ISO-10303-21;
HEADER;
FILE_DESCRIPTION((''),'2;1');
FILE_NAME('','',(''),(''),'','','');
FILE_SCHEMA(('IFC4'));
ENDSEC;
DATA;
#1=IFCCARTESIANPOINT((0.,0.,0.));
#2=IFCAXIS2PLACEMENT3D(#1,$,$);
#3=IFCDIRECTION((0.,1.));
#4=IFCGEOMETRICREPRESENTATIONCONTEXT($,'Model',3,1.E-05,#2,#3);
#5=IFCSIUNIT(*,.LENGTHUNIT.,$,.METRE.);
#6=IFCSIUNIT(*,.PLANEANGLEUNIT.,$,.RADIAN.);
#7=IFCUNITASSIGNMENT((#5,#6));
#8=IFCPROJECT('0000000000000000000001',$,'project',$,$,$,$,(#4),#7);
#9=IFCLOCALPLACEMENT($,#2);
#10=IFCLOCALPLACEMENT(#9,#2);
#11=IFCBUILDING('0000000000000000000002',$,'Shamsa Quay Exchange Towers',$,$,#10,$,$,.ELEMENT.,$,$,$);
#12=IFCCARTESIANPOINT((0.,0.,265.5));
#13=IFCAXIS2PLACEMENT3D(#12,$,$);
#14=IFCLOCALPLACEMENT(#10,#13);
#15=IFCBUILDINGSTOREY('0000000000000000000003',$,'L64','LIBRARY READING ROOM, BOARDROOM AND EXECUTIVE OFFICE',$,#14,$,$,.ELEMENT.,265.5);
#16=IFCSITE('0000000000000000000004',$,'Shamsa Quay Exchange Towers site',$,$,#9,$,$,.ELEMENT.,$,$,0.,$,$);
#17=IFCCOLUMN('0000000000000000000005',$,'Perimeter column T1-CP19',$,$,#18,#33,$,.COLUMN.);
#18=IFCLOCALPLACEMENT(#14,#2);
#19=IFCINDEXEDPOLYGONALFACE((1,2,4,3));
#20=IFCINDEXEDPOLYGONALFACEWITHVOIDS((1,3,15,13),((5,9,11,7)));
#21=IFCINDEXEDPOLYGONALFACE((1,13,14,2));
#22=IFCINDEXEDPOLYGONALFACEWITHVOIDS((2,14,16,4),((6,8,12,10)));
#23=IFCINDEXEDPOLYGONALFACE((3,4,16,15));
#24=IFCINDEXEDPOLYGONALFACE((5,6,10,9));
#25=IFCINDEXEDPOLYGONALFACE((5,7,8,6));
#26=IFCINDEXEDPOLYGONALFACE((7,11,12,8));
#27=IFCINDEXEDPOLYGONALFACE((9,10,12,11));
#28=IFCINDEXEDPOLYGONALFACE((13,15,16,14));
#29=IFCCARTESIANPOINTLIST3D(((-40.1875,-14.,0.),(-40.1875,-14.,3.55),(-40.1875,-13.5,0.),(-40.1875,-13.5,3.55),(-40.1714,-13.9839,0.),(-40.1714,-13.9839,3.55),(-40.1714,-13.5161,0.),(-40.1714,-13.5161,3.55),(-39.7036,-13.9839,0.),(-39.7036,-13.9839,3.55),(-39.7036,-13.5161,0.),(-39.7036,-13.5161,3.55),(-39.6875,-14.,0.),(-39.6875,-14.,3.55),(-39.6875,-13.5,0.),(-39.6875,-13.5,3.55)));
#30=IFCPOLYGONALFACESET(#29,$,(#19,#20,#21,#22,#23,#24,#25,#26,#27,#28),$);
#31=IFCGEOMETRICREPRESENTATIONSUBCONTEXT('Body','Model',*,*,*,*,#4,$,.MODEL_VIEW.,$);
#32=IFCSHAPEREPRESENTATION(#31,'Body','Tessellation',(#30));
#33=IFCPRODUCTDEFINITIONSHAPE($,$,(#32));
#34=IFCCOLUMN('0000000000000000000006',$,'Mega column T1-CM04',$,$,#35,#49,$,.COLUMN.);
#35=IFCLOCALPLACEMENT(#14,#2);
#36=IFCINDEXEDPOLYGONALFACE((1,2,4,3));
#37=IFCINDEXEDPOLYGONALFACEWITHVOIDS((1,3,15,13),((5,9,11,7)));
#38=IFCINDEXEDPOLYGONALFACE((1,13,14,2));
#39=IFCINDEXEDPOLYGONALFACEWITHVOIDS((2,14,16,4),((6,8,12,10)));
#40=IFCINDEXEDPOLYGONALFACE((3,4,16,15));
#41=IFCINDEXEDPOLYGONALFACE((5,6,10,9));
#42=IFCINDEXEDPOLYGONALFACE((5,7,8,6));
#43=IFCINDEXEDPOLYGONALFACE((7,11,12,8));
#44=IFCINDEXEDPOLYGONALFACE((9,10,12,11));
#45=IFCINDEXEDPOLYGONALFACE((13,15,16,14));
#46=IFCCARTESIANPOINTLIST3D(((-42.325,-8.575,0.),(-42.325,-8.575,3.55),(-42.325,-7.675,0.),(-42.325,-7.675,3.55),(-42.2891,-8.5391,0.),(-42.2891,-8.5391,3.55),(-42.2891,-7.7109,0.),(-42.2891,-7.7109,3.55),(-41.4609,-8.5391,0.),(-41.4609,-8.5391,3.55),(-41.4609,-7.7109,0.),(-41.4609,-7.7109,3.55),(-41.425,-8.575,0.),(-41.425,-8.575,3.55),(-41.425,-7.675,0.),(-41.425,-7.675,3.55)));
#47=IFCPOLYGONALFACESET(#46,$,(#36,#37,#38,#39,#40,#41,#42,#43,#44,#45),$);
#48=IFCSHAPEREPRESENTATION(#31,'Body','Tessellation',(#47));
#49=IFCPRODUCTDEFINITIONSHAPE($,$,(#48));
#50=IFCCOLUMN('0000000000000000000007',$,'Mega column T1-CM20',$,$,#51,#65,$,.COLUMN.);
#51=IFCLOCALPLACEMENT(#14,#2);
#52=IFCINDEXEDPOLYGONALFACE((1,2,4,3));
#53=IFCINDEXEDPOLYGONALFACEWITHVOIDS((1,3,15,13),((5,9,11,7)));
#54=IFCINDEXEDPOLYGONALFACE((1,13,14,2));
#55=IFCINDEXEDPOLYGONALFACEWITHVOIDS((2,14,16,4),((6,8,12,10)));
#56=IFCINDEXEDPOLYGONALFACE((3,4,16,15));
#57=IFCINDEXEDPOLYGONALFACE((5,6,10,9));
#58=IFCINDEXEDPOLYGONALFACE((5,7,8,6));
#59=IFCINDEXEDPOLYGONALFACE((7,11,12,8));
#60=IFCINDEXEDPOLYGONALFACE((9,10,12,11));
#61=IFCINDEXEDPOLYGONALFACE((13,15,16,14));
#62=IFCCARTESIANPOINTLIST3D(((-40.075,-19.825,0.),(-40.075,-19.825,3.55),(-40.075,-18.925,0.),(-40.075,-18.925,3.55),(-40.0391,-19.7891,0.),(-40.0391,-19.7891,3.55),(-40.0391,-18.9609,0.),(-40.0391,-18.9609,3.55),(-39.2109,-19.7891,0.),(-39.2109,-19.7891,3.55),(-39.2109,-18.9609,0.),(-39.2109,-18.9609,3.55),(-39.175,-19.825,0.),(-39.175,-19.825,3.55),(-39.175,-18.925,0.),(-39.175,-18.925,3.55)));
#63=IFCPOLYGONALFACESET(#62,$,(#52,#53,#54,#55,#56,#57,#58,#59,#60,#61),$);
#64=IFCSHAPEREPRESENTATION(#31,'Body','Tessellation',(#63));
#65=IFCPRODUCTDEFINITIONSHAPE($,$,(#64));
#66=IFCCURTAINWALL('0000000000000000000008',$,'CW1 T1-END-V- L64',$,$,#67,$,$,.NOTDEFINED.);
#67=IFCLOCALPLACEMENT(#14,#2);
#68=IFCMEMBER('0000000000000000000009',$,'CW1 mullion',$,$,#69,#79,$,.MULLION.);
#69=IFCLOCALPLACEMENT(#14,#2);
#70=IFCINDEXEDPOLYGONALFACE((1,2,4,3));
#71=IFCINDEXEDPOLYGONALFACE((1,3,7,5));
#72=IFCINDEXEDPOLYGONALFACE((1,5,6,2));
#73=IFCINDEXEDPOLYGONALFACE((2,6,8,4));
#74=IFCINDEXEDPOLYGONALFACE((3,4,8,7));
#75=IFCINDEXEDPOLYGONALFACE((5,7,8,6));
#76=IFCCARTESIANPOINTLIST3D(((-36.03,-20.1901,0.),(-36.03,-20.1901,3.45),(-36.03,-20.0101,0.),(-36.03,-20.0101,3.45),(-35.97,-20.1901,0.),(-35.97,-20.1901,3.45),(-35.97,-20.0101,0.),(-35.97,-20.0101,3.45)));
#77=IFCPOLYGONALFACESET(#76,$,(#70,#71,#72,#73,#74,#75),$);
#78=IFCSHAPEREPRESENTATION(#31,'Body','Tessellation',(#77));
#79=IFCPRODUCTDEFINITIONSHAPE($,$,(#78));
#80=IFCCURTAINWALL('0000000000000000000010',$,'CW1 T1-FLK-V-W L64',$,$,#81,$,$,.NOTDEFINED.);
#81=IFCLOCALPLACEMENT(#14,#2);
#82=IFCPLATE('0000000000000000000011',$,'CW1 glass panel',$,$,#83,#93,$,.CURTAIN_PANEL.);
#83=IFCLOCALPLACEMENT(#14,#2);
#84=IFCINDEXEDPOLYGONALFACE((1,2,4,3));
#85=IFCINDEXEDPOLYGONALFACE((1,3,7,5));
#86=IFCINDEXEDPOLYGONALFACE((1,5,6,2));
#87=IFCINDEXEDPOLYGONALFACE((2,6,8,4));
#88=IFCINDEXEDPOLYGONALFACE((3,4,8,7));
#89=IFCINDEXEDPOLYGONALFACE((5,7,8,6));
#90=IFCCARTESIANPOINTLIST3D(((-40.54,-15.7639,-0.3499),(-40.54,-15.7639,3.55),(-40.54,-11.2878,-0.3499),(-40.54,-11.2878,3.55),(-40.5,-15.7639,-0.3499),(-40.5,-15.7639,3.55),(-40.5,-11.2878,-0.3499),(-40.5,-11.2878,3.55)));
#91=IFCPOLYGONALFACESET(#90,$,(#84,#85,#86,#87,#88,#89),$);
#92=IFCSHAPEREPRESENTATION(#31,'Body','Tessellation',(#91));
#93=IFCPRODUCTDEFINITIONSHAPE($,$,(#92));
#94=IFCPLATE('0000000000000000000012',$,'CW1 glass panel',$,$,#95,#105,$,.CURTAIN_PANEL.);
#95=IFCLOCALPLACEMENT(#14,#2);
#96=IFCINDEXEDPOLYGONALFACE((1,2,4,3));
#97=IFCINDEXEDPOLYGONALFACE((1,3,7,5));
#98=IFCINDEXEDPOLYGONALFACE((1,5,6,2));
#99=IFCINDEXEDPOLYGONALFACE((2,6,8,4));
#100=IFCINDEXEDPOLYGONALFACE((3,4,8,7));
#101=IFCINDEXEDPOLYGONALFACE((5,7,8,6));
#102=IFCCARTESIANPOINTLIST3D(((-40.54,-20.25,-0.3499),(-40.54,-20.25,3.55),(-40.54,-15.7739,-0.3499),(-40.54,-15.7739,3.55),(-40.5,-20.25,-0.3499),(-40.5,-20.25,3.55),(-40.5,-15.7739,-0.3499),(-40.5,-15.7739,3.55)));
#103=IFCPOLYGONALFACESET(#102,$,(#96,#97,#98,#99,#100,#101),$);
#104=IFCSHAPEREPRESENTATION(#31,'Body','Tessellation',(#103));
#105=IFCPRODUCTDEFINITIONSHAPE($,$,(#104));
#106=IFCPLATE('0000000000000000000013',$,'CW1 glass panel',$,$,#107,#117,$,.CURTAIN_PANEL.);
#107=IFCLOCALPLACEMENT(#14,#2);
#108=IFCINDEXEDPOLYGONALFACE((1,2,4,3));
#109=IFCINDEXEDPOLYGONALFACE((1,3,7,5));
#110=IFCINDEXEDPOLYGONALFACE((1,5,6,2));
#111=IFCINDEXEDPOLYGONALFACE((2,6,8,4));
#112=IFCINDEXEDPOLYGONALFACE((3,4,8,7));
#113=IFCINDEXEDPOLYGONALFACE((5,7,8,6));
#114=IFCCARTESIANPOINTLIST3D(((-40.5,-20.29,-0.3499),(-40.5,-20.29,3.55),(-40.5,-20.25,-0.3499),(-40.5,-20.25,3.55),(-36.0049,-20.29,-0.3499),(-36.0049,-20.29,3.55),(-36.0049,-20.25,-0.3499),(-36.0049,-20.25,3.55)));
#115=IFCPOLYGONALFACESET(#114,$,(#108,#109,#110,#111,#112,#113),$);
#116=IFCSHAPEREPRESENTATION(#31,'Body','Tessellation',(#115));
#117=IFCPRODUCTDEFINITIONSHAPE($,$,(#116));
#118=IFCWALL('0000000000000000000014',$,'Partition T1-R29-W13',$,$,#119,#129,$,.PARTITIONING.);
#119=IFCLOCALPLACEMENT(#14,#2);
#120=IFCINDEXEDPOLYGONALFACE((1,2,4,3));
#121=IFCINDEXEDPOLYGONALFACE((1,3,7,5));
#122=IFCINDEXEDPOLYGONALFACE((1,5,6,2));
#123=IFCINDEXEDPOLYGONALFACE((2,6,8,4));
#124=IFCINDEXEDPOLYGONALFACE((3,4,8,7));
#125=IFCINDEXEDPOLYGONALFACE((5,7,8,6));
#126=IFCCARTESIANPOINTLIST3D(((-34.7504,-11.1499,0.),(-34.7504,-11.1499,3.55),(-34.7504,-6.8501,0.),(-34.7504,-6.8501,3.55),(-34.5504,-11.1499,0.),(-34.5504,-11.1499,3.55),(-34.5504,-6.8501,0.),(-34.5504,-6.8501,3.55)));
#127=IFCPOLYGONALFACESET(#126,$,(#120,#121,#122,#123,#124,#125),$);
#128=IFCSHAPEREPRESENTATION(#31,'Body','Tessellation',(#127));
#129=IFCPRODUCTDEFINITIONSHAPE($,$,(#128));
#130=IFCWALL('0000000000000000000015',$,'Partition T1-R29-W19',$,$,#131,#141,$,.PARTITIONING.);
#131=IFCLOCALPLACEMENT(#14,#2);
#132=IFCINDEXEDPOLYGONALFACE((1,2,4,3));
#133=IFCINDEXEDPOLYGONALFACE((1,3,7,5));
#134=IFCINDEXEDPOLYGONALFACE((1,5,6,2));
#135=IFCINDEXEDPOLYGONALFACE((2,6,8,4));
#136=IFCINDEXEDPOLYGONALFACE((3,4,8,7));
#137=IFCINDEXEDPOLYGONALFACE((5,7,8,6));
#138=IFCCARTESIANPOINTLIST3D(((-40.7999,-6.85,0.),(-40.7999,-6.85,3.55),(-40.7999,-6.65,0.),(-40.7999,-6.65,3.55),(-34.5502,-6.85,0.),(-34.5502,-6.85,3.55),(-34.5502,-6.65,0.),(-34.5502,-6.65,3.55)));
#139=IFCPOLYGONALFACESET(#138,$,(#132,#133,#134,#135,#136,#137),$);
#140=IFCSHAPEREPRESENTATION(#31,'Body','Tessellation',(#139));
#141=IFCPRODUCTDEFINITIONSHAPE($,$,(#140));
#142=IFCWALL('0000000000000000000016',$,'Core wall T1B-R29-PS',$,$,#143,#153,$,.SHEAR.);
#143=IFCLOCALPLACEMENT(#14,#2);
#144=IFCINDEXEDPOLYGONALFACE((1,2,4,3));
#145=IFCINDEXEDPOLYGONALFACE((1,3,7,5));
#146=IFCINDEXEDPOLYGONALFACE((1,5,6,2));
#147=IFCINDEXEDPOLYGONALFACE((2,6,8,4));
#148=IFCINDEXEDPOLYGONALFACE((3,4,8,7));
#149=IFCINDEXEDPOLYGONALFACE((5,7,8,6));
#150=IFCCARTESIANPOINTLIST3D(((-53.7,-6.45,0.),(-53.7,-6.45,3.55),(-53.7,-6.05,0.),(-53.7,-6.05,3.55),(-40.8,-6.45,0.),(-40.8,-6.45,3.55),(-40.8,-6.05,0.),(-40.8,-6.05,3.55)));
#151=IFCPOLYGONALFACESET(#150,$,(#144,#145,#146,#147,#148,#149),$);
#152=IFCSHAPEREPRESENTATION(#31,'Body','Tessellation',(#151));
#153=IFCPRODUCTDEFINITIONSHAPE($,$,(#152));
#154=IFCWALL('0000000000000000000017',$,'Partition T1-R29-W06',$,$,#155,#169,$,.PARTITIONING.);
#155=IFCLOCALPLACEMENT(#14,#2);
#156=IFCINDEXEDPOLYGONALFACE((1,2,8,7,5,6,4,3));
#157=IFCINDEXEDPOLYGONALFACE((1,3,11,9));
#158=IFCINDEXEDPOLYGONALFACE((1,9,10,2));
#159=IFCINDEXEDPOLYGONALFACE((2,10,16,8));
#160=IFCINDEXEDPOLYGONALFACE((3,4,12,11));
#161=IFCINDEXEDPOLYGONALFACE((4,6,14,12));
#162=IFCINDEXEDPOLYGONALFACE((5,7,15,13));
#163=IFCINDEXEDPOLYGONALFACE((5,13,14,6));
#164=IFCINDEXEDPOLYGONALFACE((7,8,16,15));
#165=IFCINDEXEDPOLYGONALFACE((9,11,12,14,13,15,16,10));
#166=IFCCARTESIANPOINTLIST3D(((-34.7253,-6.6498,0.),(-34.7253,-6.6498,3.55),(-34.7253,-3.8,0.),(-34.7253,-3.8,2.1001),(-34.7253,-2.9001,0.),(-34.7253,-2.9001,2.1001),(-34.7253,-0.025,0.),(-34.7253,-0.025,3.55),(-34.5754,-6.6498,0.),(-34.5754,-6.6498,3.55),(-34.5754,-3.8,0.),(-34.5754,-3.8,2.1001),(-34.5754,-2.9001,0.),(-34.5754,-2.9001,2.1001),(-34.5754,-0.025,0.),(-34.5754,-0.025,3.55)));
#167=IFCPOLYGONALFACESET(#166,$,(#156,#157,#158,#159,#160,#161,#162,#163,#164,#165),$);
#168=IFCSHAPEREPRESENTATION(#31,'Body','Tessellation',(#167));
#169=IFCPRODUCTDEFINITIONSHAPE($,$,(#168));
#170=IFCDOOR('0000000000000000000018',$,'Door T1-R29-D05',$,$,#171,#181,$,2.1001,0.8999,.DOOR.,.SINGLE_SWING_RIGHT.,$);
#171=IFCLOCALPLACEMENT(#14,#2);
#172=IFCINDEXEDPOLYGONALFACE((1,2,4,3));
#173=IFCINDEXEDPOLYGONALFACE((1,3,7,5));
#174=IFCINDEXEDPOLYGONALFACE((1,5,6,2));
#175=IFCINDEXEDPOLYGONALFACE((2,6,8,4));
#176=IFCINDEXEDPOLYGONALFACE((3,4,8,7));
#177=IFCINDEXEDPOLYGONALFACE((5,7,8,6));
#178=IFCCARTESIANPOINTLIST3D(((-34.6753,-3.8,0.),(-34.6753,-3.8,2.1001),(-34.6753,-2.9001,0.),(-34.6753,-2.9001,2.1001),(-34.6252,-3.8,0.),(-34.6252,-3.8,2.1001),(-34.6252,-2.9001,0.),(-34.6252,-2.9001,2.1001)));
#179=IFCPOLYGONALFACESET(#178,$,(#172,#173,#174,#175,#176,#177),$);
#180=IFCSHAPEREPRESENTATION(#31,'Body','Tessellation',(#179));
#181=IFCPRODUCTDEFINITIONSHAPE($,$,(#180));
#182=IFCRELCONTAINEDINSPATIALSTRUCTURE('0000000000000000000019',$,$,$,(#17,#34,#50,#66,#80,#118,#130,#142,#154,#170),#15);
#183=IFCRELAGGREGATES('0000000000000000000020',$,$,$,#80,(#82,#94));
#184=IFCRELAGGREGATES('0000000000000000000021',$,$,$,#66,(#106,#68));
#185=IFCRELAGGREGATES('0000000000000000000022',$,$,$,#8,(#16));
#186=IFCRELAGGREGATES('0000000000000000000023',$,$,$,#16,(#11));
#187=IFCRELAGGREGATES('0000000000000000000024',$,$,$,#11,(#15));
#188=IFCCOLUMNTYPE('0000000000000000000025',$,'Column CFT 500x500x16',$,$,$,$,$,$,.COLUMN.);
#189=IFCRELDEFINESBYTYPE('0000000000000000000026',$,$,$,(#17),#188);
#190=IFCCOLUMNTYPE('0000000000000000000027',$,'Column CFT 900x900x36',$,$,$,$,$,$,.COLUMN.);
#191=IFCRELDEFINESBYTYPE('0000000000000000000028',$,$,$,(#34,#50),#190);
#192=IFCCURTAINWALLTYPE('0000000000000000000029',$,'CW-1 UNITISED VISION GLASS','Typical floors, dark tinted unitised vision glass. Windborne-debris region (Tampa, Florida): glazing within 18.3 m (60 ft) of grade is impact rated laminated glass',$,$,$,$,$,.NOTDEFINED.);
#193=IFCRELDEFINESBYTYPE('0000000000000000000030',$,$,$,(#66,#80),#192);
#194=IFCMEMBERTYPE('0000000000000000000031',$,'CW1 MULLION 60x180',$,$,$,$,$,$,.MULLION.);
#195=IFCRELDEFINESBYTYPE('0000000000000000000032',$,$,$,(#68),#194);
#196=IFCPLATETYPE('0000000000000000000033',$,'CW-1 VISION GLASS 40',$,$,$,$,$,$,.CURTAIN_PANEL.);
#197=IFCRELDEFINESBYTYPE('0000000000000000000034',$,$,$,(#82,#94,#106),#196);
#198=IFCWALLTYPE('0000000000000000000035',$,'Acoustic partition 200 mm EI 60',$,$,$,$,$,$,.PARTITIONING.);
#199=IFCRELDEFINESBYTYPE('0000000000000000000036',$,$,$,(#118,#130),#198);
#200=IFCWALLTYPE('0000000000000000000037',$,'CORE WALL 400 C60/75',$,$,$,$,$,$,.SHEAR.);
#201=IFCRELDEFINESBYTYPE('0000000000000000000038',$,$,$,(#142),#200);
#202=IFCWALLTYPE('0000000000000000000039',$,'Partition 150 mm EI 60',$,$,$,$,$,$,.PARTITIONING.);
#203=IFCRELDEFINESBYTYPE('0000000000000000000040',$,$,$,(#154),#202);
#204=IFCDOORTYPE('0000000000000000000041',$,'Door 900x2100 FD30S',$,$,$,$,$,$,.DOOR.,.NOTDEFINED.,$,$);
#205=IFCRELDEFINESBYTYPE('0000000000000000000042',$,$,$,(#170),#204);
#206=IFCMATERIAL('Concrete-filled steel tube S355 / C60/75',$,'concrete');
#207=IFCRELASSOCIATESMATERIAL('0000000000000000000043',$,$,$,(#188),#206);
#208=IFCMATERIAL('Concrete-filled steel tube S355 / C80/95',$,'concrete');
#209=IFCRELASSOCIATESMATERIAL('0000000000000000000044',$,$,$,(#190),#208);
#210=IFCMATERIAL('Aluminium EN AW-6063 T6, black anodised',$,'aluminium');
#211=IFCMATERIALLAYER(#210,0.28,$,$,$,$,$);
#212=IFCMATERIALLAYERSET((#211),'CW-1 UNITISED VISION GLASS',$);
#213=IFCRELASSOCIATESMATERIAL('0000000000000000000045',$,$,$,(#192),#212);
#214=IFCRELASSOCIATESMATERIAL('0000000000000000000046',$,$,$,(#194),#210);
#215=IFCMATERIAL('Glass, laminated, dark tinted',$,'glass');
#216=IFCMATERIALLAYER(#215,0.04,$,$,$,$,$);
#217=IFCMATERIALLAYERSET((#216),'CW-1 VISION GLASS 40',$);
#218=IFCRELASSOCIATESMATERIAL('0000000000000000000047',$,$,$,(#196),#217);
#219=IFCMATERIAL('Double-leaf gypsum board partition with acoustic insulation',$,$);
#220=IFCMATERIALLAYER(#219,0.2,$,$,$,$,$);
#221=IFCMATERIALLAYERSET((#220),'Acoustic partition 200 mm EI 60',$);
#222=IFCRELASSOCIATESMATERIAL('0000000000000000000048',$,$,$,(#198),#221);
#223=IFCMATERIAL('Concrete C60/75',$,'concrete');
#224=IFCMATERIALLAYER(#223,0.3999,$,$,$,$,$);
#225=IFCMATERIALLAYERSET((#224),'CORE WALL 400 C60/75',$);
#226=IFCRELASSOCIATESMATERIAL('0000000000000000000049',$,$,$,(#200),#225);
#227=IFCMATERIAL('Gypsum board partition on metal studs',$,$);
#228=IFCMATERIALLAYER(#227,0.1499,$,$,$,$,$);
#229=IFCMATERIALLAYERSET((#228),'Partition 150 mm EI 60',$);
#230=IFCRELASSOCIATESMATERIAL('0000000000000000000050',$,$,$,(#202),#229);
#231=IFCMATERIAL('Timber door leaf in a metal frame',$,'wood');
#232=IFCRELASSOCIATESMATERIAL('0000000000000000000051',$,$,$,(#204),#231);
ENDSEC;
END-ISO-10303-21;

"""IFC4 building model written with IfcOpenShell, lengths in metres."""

from ifc_helpers import new_model, si_unit, direction, frame, frame_2d, origin, origin_2d, place, context, subcontext, project, spatial, rectangle, hollow_rectangle, extrude, material, layer, layer_set, material_profile, profile_set, type_object, element, fill, aggregate, save


model = new_model("IFC4")

# Units and contexts
model_context = context("Model", 3, precision=1e-05, world=origin(), true_north=direction((0.0, 1.0)))
body_context = subcontext(model_context, "Body", "Model", "MODEL_VIEW")
ifc_project = project(units=[si_unit("LENGTHUNIT", "METRE"), si_unit("PLANEANGLEUNIT", "RADIAN")], contexts=[model_context])

# Site, building, storey
site_placement = place(None, origin())
site = spatial("IfcSite", under=ifc_project, at=site_placement, Name="Shamsa Quay Exchange Towers site", CompositionType="ELEMENT", RefElevation=0.0)
building_placement = place(site_placement, origin())
building = spatial("IfcBuilding", under=site, at=building_placement, Name="Shamsa Quay Exchange Towers", CompositionType="ELEMENT")
storey_placement = place(building_placement, frame((0.0, 0.0, 265.5)))
storey = spatial("IfcBuildingStorey", under=building, at=storey_placement, Name="L64", Description="LIBRARY READING ROOM, BOARDROOM AND EXECUTIVE OFFICE", CompositionType="ELEMENT", Elevation=265.5)

# Columns
ifc_material_1 = material(Name="Concrete-filled steel tube S355 / C60/75", Category="concrete")
ifc_material_profile_1 = material_profile(ifc_material_1, hollow_rectangle(XDim=0.5, YDim=0.5, WallThickness=0.0161, at=origin_2d()), Name="CFT 500x500x16")
ifc_profile_set_1 = profile_set([ifc_material_profile_1], Name="Concrete-filled steel tube S355 / C60/75")
column_type_1 = type_object("IfcColumnType", Name="Column CFT 500x500x16", PredefinedType="COLUMN", material=ifc_profile_set_1)
column_placement = place(storey_placement, frame((-39.9375, -13.75, 0.0)))
element("IfcColumn", 1, at=column_placement, inside=storey, type_object=column_type_1, Name="Perimeter column T1-CP19", PredefinedType="COLUMN", context=body_context, shape_type="SweptSolid", body=[
    extrude(hollow_rectangle(XDim=0.5, YDim=0.5, WallThickness=0.0161, at=origin_2d()), origin(), (0.0, 0.0, 1.0), 3.55),
])
ifc_material_2 = material(Name="Concrete-filled steel tube S355 / C80/95", Category="concrete")
ifc_material_profile_2 = material_profile(ifc_material_2, hollow_rectangle(XDim=0.8999, YDim=0.8999, WallThickness=0.0359, at=origin_2d()), Name="CFT 900x900x36")
ifc_profile_set_2 = profile_set([ifc_material_profile_2], Name="Concrete-filled steel tube S355 / C80/95")
column_type_2 = type_object("IfcColumnType", Name="Column CFT 900x900x36", PredefinedType="COLUMN", material=ifc_profile_set_2)
for number, where, name in (
    (2, (-41.875, -8.125, 0.0), "Mega column T1-CM04"),
    (3, (-39.625, -19.375, 0.0), "Mega column T1-CM20"),
):
    element("IfcColumn", number, at=place(storey_placement, frame(where)), inside=storey, type_object=column_type_2, Name=name, PredefinedType="COLUMN", context=body_context, shape_type="SweptSolid", body=[
        extrude(hollow_rectangle(XDim=0.8999, YDim=0.8999, WallThickness=0.0359, at=origin_2d()), origin(), (0.0, 0.0, 1.0), 3.55),
    ])

# Curtain wall, member
ifc_material_3 = material(Name="Aluminium EN AW-6063 T6, black anodised", Category="aluminium")
ifc_layer_1 = layer(ifc_material_3, 0.28)
ifc_layer_set_1 = layer_set([ifc_layer_1], Name="CW-1 UNITISED VISION GLASS")
curtain_wall_type = type_object("IfcCurtainWallType", Name="CW-1 UNITISED VISION GLASS", Description="Typical floors, dark tinted unitised vision glass. Windborne-debris region (Tampa, Florida): glazing within 18.3 m (60 ft) of grade is impact rated laminated glass", PredefinedType="NOTDEFINED", material=ifc_layer_set_1)
curtain_wall_1_placement = place(storey_placement, origin())
curtain_wall_1 = element("IfcCurtainWall", 4, at=curtain_wall_1_placement, inside=storey, type_object=curtain_wall_type, Name="CW1 T1-END-V- L64", PredefinedType="NOTDEFINED")
ifc_material_profile_3 = material_profile(ifc_material_3, rectangle(XDim=0.1799, YDim=0.0601, at=origin_2d()), Name="MU60x180")
ifc_profile_set_3 = profile_set([ifc_material_profile_3], Name="Aluminium EN AW-6063 T6, black anodised")
member_type = type_object("IfcMemberType", Name="CW1 MULLION 60x180", PredefinedType="MULLION", material=ifc_profile_set_3)
member_placement = place(storey_placement, frame((-36.0, -20.1001, 0.0), z_axis=(0.0, 0.0, 1.0), x_axis=(0.0, 1.0, 0.0)))
member = element("IfcMember", 5, at=member_placement, type_object=member_type, Name="CW1 mullion", PredefinedType="MULLION", context=body_context, shape_type="SweptSolid", body=[
    extrude(rectangle(XDim=0.1799, YDim=0.0601, at=origin_2d()), origin(), (0.0, 0.0, 1.0), 3.45),
])

# Curtain wall, plates
curtain_wall_2_placement = place(storey_placement, origin())
curtain_wall_2 = element("IfcCurtainWall", 6, at=curtain_wall_2_placement, inside=storey, type_object=curtain_wall_type, Name="CW1 T1-FLK-V-W L64", PredefinedType="NOTDEFINED")
ifc_material_4 = material(Name="Glass, laminated, dark tinted", Category="glass")
ifc_layer_2 = layer(ifc_material_4, 0.04)
ifc_layer_set_2 = layer_set([ifc_layer_2], Name="CW-1 VISION GLASS 40")
plate_type = type_object("IfcPlateType", Name="CW-1 VISION GLASS 40", PredefinedType="CURTAIN_PANEL", material=ifc_layer_set_2)
plate_1_placement = place(storey_placement, frame((-40.52, -13.5259, -0.3499), z_axis=(0.0, 0.0, 1.0), x_axis=(0.0, -1.0, 0.0)))
plate_1 = element("IfcPlate", 7, at=plate_1_placement, type_object=plate_type, Name="CW1 glass panel", PredefinedType="CURTAIN_PANEL", context=body_context, shape_type="SweptSolid", body=[
    extrude(rectangle(XDim=4.4761, YDim=0.04, at=origin_2d()), origin(), (0.0, 0.0, 1.0), 3.8999),
])
plate_2_placement = place(storey_placement, frame((-40.52, -18.012, -0.3499), z_axis=(0.0, 0.0, 1.0), x_axis=(0.0, -1.0, 0.0)))
plate_2 = element("IfcPlate", 8, at=plate_2_placement, type_object=plate_type, Name="CW1 glass panel", PredefinedType="CURTAIN_PANEL", context=body_context, shape_type="SweptSolid", body=[
    extrude(rectangle(XDim=4.4761, YDim=0.04, at=origin_2d()), origin(), (0.0, 0.0, 1.0), 3.8999),
])
aggregate(curtain_wall_2, [plate_1, plate_2])

# Plate
plate_3_placement = place(storey_placement, frame((-38.2524, -20.27, -0.3499)))
plate_3 = element("IfcPlate", 9, at=plate_3_placement, type_object=plate_type, Name="CW1 glass panel", PredefinedType="CURTAIN_PANEL", context=body_context, shape_type="SweptSolid", body=[
    extrude(rectangle(XDim=4.4951, YDim=0.04, at=origin_2d()), origin(), (0.0, 0.0, 1.0), 3.8999),
])
aggregate(curtain_wall_1, [plate_3, member])

# Shared definitions
ifc_material_5 = material(Name="Double-leaf gypsum board partition with acoustic insulation")
ifc_layer_3 = layer(ifc_material_5, 0.2)
ifc_layer_set_3 = layer_set([ifc_layer_3], Name="Acoustic partition 200 mm EI 60")
wall_type_1 = type_object("IfcWallType", Name="Acoustic partition 200 mm EI 60", PredefinedType="PARTITIONING", material=ifc_layer_set_3)
ifc_material_6 = material(Name="Timber door leaf in a metal frame", Category="wood")

# Walls
wall_1_placement = place(storey_placement, frame((-34.6504, -11.1499, 0.0), z_axis=(0.0, 0.0, 1.0), x_axis=(0.0, 1.0, 0.0)))
element("IfcWall", 10, at=wall_1_placement, inside=storey, type_object=wall_type_1, Name="Partition T1-R29-W13", PredefinedType="PARTITIONING", context=body_context, shape_type="SweptSolid", body=[
    extrude(rectangle(XDim=4.2998, YDim=0.2, at=frame_2d((2.1499, 0.0))), origin(), (0.0, 0.0, 1.0), 3.55),
])
wall_2_placement = place(storey_placement, frame((-40.8, -6.75, 0.0)))
element("IfcWall", 11, at=wall_2_placement, inside=storey, type_object=wall_type_1, Name="Partition T1-R29-W19", PredefinedType="PARTITIONING", context=body_context, shape_type="SweptSolid", body=[
    extrude(rectangle(XDim=6.2498, YDim=0.2, at=frame_2d((3.125, 0.0))), origin(), (0.0, 0.0, 1.0), 3.55),
])

# Wall
ifc_material_7 = material(Name="Concrete C60/75", Category="concrete")
ifc_layer_4 = layer(ifc_material_7, 0.3999)
ifc_layer_set_4 = layer_set([ifc_layer_4], Name="CORE WALL 400 C60/75")
wall_type_2 = type_object("IfcWallType", Name="CORE WALL 400 C60/75", PredefinedType="SHEAR", material=ifc_layer_set_4)
wall_3_placement = place(storey_placement, frame((-40.8, -6.25, 0.0), z_axis=(0.0, 0.0, 1.0), x_axis=(-1.0, 0.0, 0.0)))
element("IfcWall", 12, at=wall_3_placement, inside=storey, type_object=wall_type_2, Name="Core wall T1B-R29-PS", PredefinedType="SHEAR", context=body_context, shape_type="SweptSolid", body=[
    extrude(rectangle(XDim=12.8999, YDim=0.3999, at=frame_2d((6.45, 0.0))), origin(), (0.0, 0.0, 1.0), 3.55),
])

# Wall, opening, door
ifc_material_8 = material(Name="Gypsum board partition on metal studs")
ifc_layer_5 = layer(ifc_material_8, 0.1499)
ifc_layer_set_5 = layer_set([ifc_layer_5], Name="Partition 150 mm EI 60")
wall_type_3 = type_object("IfcWallType", Name="Partition 150 mm EI 60", PredefinedType="PARTITIONING", material=ifc_layer_set_5)
wall_4_placement = place(storey_placement, frame((-34.6504, -6.6499, 0.0), z_axis=(0.0, 0.0, 1.0), x_axis=(0.0, 1.0, 0.0)))
wall_4 = element("IfcWall", 13, at=wall_4_placement, inside=storey, type_object=wall_type_3, Name="Partition T1-R29-W06", PredefinedType="PARTITIONING", context=body_context, shape_type="SweptSolid", body=[
    extrude(rectangle(XDim=6.6248, YDim=0.1499, at=frame_2d((3.3125, 0.0))), origin(), (0.0, 0.0, 1.0), 3.55),
])
opening_1_placement = place(wall_4_placement, frame((2.8499, 0.0, 0.0)))
opening_1 = element("IfcOpeningElement", 14, at=opening_1_placement, cuts=wall_4, PredefinedType="OPENING", context=body_context, shape_type="SweptSolid", body=[
    extrude(rectangle(XDim=0.8999, YDim=2.1001, at=frame_2d((0.45, 1.05))), frame((0.0, 0.085, 0.0), z_axis=(0.0, -1.0, 0.0), x_axis=(1.0, 0.0, 0.0)), (0.0, 0.0, 1.0), 0.1699),
])
door_type_1 = type_object("IfcDoorType", Name="Door 900x2100 FD30S", OperationType="NOTDEFINED", PredefinedType="DOOR", material=ifc_material_6)
door_1_placement = place(opening_1_placement, origin())
door_1 = element("IfcDoor", 15, at=door_1_placement, inside=storey, type_object=door_type_1, Name="Door T1-R29-D05", OperationType="SINGLE_SWING_RIGHT", OverallHeight=2.1001, OverallWidth=0.8999, PredefinedType="DOOR", context=body_context, shape_type="SweptSolid", body=[
    extrude(rectangle(XDim=0.8999, YDim=2.1001, at=frame_2d((0.45, 1.05))), frame((0.0, 0.0249, 0.0), z_axis=(0.0, -1.0, 0.0), x_axis=(1.0, 0.0, 0.0)), (0.0, 0.0, 1.0), 0.05),
])
fill(opening_1, door_1)

save(model, "model.ifc")
